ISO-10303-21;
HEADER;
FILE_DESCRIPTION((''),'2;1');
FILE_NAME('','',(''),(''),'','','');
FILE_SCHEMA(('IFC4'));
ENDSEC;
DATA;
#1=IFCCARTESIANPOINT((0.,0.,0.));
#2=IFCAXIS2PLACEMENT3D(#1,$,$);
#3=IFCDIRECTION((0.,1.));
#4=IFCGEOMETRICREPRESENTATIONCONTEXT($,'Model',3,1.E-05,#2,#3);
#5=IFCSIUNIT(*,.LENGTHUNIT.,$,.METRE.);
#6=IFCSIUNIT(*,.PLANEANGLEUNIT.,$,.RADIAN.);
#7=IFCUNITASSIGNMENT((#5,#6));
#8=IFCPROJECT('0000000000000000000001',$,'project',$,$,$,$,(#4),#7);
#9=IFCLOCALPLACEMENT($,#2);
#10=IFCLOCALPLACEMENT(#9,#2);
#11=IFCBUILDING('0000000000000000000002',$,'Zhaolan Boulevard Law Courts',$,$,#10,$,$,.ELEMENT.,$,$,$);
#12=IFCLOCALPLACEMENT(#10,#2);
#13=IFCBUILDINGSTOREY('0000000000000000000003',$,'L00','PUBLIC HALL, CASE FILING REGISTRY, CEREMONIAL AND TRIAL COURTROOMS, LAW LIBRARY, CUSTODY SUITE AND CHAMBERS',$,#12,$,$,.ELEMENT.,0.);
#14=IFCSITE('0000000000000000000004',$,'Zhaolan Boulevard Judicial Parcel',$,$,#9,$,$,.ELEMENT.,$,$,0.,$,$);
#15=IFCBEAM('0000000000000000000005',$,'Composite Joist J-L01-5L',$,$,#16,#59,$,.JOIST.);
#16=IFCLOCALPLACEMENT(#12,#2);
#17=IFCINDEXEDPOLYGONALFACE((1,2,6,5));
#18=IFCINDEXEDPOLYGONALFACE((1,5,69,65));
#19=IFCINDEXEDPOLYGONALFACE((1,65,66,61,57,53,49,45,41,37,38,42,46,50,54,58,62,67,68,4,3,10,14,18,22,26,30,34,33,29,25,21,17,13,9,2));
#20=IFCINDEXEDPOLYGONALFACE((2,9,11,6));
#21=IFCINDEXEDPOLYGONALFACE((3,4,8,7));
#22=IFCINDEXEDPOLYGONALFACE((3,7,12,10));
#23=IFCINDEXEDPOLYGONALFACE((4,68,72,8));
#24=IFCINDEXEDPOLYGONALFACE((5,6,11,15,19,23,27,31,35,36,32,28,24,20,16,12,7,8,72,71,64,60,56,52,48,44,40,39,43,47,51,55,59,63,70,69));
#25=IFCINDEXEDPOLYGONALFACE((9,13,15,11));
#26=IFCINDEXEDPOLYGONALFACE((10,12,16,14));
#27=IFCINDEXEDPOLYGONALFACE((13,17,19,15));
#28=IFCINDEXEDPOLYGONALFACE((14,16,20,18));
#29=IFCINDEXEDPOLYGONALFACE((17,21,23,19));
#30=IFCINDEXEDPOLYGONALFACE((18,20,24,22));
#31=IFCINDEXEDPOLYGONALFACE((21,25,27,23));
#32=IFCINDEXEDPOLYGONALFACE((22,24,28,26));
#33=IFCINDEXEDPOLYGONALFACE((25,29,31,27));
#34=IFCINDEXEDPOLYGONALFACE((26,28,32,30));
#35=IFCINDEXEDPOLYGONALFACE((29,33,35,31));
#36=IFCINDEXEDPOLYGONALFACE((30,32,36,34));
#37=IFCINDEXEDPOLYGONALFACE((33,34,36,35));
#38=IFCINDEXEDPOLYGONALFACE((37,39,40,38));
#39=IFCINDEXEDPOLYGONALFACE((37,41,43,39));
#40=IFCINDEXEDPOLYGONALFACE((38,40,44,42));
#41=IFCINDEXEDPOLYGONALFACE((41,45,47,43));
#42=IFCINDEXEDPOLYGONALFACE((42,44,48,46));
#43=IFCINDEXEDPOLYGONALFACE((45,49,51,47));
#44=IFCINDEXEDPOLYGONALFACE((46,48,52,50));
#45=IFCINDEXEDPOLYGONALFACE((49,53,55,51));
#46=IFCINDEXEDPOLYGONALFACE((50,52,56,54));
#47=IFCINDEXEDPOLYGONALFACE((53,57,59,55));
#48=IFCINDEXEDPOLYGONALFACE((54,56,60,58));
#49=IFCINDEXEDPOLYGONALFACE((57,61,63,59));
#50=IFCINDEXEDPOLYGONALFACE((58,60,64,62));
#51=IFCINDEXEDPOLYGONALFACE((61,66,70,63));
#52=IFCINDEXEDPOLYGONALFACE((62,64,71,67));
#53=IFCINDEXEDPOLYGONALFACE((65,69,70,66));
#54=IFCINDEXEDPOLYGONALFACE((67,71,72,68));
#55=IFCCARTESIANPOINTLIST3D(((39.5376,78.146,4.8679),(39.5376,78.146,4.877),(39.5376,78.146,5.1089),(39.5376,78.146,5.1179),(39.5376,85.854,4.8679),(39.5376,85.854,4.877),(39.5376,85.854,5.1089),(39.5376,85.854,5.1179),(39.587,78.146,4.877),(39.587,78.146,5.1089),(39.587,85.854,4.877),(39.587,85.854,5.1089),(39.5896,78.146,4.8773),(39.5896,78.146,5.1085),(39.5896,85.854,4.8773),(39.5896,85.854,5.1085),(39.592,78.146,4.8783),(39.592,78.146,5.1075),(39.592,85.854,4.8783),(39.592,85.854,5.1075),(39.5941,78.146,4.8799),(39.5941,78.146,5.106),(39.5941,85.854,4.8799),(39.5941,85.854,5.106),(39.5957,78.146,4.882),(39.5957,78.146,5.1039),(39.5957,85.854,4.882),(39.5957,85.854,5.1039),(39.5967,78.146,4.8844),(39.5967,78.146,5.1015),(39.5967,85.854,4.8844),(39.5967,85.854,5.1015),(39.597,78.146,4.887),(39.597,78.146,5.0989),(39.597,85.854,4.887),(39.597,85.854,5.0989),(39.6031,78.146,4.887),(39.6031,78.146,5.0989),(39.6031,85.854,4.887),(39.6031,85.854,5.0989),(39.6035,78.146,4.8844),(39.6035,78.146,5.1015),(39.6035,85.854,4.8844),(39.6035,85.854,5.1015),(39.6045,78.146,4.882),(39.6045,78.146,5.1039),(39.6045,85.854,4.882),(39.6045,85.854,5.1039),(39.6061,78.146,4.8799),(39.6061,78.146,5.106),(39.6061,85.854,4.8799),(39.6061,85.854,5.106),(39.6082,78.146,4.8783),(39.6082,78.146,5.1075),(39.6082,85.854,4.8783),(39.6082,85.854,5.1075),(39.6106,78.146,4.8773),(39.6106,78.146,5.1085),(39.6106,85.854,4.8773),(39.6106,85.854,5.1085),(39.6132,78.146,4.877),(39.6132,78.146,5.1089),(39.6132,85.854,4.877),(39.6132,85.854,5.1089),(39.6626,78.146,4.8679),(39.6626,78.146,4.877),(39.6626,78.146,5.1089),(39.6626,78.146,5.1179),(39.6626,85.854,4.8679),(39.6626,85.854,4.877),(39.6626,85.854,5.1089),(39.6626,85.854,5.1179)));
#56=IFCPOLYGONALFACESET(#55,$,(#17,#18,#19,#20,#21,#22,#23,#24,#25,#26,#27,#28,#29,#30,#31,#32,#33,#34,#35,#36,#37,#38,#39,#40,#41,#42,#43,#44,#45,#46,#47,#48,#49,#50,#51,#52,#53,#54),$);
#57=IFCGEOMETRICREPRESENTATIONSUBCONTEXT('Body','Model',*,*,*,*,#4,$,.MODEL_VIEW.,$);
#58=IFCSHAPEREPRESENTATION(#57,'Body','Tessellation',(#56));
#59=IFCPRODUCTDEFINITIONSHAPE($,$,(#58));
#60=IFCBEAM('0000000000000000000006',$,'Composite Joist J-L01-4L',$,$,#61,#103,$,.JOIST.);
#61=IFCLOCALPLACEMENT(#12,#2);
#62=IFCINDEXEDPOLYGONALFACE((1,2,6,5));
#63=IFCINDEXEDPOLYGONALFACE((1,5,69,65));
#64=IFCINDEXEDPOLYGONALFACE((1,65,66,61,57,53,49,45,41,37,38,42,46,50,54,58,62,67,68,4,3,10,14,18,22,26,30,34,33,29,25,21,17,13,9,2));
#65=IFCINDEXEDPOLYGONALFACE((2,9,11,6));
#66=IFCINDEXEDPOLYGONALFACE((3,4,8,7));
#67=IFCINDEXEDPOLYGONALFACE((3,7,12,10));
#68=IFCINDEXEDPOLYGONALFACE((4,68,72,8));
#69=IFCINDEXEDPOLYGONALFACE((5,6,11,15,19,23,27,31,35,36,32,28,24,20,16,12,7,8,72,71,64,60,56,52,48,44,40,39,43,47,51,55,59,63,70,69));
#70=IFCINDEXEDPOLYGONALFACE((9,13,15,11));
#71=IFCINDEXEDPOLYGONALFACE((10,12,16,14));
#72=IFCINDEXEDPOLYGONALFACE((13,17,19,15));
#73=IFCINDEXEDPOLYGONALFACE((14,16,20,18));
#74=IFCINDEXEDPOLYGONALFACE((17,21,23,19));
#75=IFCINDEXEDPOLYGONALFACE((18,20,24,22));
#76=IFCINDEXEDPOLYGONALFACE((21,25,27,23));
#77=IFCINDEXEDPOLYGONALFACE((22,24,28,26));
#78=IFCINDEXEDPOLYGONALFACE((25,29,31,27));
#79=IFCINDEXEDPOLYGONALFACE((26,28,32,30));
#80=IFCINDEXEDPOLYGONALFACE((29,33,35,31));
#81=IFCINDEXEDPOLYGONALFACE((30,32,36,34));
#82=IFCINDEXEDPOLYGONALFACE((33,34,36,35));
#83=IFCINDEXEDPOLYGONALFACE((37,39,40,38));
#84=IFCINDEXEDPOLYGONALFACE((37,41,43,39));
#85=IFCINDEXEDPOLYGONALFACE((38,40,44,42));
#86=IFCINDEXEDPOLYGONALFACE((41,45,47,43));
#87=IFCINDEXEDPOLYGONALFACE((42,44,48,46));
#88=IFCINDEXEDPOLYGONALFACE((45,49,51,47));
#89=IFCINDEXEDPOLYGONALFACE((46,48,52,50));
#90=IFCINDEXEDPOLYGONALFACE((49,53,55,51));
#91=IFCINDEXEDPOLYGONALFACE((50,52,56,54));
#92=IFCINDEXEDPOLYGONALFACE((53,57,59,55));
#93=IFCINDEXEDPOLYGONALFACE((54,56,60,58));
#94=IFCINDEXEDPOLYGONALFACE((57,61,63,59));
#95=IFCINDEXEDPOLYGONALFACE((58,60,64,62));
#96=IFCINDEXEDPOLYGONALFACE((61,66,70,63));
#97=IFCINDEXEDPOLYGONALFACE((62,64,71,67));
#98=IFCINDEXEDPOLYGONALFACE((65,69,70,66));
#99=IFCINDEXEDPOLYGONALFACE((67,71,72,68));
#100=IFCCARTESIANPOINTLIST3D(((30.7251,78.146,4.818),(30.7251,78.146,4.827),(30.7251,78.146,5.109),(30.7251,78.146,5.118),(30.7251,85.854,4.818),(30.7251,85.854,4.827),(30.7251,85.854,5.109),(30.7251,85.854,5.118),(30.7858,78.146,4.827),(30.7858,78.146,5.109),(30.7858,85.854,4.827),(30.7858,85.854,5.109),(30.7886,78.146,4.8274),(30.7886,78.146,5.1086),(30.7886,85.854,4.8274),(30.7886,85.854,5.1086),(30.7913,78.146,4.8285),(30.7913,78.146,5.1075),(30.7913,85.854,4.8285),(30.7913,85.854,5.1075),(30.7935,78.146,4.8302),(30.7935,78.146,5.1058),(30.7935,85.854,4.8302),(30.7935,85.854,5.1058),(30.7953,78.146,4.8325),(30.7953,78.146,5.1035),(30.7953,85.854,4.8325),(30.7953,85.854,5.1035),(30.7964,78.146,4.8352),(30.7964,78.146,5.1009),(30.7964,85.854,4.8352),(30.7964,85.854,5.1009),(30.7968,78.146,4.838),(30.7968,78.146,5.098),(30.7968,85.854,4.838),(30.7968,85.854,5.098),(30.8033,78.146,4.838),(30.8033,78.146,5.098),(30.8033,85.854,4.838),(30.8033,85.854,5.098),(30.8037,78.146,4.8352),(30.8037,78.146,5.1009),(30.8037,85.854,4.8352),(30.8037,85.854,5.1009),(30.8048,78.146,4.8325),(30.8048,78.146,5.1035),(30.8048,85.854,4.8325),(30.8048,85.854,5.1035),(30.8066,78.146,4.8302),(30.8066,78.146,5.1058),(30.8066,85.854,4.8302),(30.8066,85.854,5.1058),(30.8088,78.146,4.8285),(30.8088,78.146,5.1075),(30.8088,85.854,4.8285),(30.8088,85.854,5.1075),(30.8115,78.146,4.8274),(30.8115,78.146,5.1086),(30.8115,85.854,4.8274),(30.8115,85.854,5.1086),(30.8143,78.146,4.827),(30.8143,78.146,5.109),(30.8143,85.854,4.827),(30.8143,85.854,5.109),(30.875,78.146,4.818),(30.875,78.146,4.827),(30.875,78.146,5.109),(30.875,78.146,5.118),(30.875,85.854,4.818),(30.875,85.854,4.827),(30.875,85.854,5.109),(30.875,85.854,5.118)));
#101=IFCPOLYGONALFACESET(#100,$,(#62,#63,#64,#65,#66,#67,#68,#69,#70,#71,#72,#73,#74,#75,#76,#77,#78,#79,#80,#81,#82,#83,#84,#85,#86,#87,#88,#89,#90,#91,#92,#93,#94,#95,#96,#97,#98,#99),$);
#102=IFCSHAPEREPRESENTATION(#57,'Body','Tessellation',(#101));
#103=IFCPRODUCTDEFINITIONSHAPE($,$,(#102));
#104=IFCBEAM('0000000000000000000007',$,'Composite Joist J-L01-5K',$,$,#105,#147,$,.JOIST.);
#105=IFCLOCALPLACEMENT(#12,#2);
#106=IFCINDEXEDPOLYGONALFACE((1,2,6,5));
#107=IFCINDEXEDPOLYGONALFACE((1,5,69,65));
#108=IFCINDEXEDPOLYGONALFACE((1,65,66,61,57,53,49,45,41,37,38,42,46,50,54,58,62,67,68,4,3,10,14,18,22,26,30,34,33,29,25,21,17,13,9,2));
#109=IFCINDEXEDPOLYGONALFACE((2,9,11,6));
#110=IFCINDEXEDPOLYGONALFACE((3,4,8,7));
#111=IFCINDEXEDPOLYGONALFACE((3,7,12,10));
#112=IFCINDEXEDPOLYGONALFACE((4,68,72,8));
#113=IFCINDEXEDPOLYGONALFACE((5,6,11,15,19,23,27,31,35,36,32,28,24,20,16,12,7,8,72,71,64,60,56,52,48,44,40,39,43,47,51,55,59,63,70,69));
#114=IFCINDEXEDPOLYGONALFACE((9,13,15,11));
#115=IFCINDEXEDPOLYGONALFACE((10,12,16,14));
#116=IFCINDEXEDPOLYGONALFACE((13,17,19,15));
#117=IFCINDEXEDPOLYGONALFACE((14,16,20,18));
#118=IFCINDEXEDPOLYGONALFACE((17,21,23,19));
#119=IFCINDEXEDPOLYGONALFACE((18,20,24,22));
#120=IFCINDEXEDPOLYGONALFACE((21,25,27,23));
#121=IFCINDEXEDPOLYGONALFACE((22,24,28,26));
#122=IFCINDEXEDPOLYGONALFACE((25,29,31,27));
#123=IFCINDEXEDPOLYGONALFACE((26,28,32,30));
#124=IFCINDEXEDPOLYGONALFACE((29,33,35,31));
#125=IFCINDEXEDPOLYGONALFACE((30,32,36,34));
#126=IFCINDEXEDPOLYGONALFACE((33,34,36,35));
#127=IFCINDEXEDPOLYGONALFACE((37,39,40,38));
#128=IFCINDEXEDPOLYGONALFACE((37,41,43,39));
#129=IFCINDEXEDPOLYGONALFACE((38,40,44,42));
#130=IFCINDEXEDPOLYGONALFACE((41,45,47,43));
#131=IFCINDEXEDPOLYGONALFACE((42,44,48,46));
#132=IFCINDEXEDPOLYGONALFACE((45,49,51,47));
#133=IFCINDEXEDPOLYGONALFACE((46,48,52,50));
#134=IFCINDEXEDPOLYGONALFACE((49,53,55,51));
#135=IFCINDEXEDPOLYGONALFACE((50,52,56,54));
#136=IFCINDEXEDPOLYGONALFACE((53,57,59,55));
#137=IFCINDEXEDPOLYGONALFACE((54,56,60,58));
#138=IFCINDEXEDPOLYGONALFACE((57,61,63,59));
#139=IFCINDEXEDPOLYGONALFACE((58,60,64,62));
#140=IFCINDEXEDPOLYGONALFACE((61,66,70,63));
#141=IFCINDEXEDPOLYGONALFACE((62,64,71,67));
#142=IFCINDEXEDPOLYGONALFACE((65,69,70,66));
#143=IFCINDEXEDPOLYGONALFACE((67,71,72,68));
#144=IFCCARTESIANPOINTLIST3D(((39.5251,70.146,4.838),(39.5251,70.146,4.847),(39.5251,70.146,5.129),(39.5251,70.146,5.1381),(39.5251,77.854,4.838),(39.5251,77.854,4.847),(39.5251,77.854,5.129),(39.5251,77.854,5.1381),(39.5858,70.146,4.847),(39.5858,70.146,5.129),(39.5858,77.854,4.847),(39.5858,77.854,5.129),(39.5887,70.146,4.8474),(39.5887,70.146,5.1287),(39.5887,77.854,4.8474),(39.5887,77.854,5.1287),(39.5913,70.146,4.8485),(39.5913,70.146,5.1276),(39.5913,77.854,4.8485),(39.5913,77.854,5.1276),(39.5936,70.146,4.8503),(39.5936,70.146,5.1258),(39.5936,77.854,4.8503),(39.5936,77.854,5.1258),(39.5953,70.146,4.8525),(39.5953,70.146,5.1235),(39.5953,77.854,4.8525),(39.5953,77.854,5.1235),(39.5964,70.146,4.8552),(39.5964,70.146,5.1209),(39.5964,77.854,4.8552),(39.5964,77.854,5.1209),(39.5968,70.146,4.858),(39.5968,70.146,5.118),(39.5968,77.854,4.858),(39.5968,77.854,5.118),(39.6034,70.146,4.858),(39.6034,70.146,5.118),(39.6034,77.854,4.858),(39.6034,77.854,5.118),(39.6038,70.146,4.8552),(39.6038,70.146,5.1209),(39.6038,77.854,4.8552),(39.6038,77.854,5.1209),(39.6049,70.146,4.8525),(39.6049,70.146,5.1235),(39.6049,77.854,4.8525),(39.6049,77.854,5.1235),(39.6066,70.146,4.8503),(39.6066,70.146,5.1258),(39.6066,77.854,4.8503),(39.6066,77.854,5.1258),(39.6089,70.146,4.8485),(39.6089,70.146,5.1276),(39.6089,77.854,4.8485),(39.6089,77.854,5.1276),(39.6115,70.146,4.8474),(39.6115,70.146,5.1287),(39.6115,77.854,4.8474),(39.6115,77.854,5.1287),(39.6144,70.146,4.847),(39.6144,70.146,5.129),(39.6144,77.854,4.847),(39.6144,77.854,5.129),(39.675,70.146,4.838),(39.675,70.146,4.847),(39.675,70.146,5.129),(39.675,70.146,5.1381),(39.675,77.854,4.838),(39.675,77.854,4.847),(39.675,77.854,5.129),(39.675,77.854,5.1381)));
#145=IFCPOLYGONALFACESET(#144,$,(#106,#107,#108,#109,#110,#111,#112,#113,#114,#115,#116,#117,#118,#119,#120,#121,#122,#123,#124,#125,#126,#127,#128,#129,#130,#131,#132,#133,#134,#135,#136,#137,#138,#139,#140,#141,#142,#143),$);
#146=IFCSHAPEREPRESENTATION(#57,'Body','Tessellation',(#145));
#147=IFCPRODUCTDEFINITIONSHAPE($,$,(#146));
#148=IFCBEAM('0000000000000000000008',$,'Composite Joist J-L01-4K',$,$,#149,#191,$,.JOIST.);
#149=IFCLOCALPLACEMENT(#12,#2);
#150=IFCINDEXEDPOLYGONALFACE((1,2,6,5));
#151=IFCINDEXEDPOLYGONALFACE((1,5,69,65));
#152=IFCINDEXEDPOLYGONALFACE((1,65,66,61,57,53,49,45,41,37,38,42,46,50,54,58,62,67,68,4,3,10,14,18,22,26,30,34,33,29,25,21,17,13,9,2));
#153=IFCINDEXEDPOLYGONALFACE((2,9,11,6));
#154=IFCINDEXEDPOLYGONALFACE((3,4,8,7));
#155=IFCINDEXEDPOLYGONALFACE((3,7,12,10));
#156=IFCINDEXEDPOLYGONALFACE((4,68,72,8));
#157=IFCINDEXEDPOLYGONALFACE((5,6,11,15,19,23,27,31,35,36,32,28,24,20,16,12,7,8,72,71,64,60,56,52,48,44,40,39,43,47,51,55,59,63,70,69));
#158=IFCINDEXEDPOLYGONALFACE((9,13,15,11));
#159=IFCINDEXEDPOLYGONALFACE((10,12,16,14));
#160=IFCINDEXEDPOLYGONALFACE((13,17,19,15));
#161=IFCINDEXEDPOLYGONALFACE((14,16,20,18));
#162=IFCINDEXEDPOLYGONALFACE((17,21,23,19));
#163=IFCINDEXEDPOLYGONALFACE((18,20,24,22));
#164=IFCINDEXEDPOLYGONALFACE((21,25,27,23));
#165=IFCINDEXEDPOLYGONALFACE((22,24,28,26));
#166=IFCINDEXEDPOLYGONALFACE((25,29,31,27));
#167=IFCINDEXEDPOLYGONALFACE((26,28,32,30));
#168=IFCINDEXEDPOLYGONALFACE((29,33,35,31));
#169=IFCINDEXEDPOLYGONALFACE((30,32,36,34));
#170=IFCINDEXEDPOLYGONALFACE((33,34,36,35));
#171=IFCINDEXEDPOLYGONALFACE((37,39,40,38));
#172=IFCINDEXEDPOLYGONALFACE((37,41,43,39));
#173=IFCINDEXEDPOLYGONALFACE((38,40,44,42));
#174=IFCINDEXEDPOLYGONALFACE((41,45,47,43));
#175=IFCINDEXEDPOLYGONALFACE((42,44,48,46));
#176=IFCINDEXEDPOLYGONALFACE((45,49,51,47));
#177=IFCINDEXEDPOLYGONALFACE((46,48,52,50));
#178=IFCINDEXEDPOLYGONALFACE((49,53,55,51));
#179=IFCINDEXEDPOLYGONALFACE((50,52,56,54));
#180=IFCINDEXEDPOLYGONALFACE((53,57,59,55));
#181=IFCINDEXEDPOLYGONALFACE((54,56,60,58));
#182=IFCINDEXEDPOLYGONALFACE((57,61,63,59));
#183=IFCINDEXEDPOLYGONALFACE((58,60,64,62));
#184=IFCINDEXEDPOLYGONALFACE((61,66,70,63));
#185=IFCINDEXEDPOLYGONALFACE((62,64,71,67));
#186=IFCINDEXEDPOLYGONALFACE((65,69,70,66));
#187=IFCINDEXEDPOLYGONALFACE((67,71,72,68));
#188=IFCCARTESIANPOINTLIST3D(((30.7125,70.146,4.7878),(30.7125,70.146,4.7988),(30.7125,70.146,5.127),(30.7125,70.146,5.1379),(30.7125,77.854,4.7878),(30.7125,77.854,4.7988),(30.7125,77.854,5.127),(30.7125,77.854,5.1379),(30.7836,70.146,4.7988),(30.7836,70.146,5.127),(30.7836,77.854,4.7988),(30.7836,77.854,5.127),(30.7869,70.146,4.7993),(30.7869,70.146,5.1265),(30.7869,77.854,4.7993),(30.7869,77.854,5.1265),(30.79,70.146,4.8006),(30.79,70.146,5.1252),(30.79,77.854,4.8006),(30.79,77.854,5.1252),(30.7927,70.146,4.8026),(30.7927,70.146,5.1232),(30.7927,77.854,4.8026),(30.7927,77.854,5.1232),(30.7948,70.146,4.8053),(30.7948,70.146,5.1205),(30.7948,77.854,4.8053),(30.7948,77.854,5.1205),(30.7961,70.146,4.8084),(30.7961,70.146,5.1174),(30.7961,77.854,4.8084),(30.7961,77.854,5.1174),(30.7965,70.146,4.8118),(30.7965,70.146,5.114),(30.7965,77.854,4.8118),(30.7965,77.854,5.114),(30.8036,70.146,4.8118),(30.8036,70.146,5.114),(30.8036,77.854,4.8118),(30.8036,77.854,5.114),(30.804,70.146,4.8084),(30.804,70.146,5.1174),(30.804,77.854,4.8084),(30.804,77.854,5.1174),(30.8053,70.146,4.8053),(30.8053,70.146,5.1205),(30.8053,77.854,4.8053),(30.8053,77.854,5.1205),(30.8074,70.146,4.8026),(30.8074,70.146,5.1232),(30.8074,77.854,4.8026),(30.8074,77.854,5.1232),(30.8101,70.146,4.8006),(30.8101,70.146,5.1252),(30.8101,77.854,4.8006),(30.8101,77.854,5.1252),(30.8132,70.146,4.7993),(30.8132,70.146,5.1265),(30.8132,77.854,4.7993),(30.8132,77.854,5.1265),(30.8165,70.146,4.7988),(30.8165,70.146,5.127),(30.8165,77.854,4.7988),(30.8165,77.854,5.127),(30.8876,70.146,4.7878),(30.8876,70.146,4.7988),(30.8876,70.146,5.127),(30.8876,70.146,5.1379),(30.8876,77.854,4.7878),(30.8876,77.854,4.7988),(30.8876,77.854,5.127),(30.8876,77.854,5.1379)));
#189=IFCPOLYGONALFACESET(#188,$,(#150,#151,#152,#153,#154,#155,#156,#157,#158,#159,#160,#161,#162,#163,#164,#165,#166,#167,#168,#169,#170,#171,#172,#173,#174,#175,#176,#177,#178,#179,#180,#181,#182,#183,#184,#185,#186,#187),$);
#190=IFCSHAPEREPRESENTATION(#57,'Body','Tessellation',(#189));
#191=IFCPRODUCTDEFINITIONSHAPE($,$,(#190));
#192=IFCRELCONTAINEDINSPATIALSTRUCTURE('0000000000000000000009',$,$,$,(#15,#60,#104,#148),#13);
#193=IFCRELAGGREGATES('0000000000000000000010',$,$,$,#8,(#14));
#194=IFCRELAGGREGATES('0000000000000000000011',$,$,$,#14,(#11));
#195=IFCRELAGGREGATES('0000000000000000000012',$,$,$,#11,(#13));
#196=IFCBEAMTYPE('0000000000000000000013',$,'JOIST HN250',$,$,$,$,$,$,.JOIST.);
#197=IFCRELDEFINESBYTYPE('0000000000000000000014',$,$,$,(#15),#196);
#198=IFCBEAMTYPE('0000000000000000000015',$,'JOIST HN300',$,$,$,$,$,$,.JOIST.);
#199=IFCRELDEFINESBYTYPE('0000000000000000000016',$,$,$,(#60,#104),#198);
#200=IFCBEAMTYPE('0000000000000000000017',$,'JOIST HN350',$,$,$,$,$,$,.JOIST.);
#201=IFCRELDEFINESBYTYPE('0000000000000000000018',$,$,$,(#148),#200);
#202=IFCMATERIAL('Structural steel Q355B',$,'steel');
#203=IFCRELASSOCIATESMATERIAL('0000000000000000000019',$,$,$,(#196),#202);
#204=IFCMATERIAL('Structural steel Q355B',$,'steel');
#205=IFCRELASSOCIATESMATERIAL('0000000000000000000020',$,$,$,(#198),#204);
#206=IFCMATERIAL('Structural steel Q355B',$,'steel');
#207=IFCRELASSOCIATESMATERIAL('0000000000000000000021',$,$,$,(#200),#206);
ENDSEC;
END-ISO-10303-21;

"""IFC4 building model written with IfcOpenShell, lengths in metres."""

from ifc_helpers import new_model, si_unit, direction, frame, origin, origin_2d, place, context, subcontext, project, spatial, i_section, extrude, material, material_profile, profile_set, type_object, element, save


model = new_model("IFC4")

# Units and contexts
model_context = context("Model", 3, precision=1e-05, world=origin(), true_north=direction((0.0, 1.0)))
body_context = subcontext(model_context, "Body", "Model", "MODEL_VIEW")
ifc_project = project(units=[si_unit("LENGTHUNIT", "METRE"), si_unit("PLANEANGLEUNIT", "RADIAN")], contexts=[model_context])

# Site, building, storey
site_placement = place(None, origin())
site = spatial("IfcSite", under=ifc_project, at=site_placement, Name="Zhaolan Boulevard Judicial Parcel", CompositionType="ELEMENT", RefElevation=0.0)
building_placement = place(site_placement, origin())
building = spatial("IfcBuilding", under=site, at=building_placement, Name="Zhaolan Boulevard Law Courts", CompositionType="ELEMENT")
storey_placement = place(building_placement, origin())
storey = spatial("IfcBuildingStorey", under=building, at=storey_placement, Name="L00", Description="PUBLIC HALL, CASE FILING REGISTRY, CEREMONIAL AND TRIAL COURTROOMS, LAW LIBRARY, CUSTODY SUITE AND CHAMBERS", CompositionType="ELEMENT", Elevation=0.0)

# Beams
ifc_material_1 = material(Name="Structural steel Q355B", Category="steel")
ifc_material_profile_1 = material_profile(ifc_material_1, i_section(OverallWidth=0.125, OverallDepth=0.25, WebThickness=0.0061, FlangeThickness=0.009, FilletRadius=0.01, at=origin_2d()), Name="HN250x125")
ifc_profile_set_1 = profile_set([ifc_material_profile_1], Name="Structural steel Q355B")
beam_type_1 = type_object("IfcBeamType", Name="JOIST HN250", PredefinedType="JOIST", material=ifc_profile_set_1)
beam_1_placement = place(storey_placement, frame((39.6001, 78.146, 4.9929), z_axis=(0.0, 1.0, 0.0), x_axis=(-1.0, 0.0, 0.0)))
element("IfcBeam", 1, at=beam_1_placement, inside=storey, type_object=beam_type_1, Name="Composite Joist J-L01-5L", PredefinedType="JOIST", context=body_context, shape_type="SweptSolid", body=[
    extrude(i_section(OverallWidth=0.125, OverallDepth=0.25, WebThickness=0.0061, FlangeThickness=0.009, FilletRadius=0.01, at=origin_2d()), origin(), (0.0, 0.0, 1.0), 7.708),
])
ifc_material_2 = material(Name="Structural steel Q355B", Category="steel")
ifc_material_profile_2 = material_profile(ifc_material_2, i_section(OverallWidth=0.1499, OverallDepth=0.3, WebThickness=0.0066, FlangeThickness=0.009, FilletRadius=0.011, at=origin_2d()), Name="HN300x150")
ifc_profile_set_2 = profile_set([ifc_material_profile_2], Name="Structural steel Q355B")
beam_type_2 = type_object("IfcBeamType", Name="JOIST HN300", PredefinedType="JOIST", material=ifc_profile_set_2)
for number, where, z_axis, x_axis, name in (
    (2, (30.8, 78.146, 4.968), (0.0, 1.0, 0.0), (-1.0, 0.0, 0.0), "Composite Joist J-L01-4L"),
    (3, (39.6001, 70.146, 4.988), (0.0, 1.0, 0.0), (-1.0, 0.0, 0.0), "Composite Joist J-L01-5K"),
):
    element("IfcBeam", number, at=place(storey_placement, frame(where, z_axis=z_axis, x_axis=x_axis)), inside=storey, type_object=beam_type_2, Name=name, PredefinedType="JOIST", context=body_context, shape_type="SweptSolid", body=[
        extrude(i_section(OverallWidth=0.1499, OverallDepth=0.3, WebThickness=0.0066, FlangeThickness=0.009, FilletRadius=0.011, at=origin_2d()), origin(), (0.0, 0.0, 1.0), 7.708),
    ])
ifc_material_3 = material(Name="Structural steel Q355B", Category="steel")
ifc_material_profile_3 = material_profile(ifc_material_3, i_section(OverallWidth=0.175, OverallDepth=0.3501, WebThickness=0.0071, FlangeThickness=0.011, FilletRadius=0.0129, at=origin_2d()), Name="HN350x175")
ifc_profile_set_3 = profile_set([ifc_material_profile_3], Name="Structural steel Q355B")
beam_type_3 = type_object("IfcBeamType", Name="JOIST HN350", PredefinedType="JOIST", material=ifc_profile_set_3)
beam_2_placement = place(storey_placement, frame((30.8, 70.146, 4.9629), z_axis=(0.0, 1.0, 0.0), x_axis=(-1.0, 0.0, 0.0)))
element("IfcBeam", 4, at=beam_2_placement, inside=storey, type_object=beam_type_3, Name="Composite Joist J-L01-4K", PredefinedType="JOIST", context=body_context, shape_type="SweptSolid", body=[
    extrude(i_section(OverallWidth=0.175, OverallDepth=0.3501, WebThickness=0.0071, FlangeThickness=0.011, FilletRadius=0.0129, at=origin_2d()), origin(), (0.0, 0.0, 1.0), 7.708),
])

save(model, "model.ifc")
